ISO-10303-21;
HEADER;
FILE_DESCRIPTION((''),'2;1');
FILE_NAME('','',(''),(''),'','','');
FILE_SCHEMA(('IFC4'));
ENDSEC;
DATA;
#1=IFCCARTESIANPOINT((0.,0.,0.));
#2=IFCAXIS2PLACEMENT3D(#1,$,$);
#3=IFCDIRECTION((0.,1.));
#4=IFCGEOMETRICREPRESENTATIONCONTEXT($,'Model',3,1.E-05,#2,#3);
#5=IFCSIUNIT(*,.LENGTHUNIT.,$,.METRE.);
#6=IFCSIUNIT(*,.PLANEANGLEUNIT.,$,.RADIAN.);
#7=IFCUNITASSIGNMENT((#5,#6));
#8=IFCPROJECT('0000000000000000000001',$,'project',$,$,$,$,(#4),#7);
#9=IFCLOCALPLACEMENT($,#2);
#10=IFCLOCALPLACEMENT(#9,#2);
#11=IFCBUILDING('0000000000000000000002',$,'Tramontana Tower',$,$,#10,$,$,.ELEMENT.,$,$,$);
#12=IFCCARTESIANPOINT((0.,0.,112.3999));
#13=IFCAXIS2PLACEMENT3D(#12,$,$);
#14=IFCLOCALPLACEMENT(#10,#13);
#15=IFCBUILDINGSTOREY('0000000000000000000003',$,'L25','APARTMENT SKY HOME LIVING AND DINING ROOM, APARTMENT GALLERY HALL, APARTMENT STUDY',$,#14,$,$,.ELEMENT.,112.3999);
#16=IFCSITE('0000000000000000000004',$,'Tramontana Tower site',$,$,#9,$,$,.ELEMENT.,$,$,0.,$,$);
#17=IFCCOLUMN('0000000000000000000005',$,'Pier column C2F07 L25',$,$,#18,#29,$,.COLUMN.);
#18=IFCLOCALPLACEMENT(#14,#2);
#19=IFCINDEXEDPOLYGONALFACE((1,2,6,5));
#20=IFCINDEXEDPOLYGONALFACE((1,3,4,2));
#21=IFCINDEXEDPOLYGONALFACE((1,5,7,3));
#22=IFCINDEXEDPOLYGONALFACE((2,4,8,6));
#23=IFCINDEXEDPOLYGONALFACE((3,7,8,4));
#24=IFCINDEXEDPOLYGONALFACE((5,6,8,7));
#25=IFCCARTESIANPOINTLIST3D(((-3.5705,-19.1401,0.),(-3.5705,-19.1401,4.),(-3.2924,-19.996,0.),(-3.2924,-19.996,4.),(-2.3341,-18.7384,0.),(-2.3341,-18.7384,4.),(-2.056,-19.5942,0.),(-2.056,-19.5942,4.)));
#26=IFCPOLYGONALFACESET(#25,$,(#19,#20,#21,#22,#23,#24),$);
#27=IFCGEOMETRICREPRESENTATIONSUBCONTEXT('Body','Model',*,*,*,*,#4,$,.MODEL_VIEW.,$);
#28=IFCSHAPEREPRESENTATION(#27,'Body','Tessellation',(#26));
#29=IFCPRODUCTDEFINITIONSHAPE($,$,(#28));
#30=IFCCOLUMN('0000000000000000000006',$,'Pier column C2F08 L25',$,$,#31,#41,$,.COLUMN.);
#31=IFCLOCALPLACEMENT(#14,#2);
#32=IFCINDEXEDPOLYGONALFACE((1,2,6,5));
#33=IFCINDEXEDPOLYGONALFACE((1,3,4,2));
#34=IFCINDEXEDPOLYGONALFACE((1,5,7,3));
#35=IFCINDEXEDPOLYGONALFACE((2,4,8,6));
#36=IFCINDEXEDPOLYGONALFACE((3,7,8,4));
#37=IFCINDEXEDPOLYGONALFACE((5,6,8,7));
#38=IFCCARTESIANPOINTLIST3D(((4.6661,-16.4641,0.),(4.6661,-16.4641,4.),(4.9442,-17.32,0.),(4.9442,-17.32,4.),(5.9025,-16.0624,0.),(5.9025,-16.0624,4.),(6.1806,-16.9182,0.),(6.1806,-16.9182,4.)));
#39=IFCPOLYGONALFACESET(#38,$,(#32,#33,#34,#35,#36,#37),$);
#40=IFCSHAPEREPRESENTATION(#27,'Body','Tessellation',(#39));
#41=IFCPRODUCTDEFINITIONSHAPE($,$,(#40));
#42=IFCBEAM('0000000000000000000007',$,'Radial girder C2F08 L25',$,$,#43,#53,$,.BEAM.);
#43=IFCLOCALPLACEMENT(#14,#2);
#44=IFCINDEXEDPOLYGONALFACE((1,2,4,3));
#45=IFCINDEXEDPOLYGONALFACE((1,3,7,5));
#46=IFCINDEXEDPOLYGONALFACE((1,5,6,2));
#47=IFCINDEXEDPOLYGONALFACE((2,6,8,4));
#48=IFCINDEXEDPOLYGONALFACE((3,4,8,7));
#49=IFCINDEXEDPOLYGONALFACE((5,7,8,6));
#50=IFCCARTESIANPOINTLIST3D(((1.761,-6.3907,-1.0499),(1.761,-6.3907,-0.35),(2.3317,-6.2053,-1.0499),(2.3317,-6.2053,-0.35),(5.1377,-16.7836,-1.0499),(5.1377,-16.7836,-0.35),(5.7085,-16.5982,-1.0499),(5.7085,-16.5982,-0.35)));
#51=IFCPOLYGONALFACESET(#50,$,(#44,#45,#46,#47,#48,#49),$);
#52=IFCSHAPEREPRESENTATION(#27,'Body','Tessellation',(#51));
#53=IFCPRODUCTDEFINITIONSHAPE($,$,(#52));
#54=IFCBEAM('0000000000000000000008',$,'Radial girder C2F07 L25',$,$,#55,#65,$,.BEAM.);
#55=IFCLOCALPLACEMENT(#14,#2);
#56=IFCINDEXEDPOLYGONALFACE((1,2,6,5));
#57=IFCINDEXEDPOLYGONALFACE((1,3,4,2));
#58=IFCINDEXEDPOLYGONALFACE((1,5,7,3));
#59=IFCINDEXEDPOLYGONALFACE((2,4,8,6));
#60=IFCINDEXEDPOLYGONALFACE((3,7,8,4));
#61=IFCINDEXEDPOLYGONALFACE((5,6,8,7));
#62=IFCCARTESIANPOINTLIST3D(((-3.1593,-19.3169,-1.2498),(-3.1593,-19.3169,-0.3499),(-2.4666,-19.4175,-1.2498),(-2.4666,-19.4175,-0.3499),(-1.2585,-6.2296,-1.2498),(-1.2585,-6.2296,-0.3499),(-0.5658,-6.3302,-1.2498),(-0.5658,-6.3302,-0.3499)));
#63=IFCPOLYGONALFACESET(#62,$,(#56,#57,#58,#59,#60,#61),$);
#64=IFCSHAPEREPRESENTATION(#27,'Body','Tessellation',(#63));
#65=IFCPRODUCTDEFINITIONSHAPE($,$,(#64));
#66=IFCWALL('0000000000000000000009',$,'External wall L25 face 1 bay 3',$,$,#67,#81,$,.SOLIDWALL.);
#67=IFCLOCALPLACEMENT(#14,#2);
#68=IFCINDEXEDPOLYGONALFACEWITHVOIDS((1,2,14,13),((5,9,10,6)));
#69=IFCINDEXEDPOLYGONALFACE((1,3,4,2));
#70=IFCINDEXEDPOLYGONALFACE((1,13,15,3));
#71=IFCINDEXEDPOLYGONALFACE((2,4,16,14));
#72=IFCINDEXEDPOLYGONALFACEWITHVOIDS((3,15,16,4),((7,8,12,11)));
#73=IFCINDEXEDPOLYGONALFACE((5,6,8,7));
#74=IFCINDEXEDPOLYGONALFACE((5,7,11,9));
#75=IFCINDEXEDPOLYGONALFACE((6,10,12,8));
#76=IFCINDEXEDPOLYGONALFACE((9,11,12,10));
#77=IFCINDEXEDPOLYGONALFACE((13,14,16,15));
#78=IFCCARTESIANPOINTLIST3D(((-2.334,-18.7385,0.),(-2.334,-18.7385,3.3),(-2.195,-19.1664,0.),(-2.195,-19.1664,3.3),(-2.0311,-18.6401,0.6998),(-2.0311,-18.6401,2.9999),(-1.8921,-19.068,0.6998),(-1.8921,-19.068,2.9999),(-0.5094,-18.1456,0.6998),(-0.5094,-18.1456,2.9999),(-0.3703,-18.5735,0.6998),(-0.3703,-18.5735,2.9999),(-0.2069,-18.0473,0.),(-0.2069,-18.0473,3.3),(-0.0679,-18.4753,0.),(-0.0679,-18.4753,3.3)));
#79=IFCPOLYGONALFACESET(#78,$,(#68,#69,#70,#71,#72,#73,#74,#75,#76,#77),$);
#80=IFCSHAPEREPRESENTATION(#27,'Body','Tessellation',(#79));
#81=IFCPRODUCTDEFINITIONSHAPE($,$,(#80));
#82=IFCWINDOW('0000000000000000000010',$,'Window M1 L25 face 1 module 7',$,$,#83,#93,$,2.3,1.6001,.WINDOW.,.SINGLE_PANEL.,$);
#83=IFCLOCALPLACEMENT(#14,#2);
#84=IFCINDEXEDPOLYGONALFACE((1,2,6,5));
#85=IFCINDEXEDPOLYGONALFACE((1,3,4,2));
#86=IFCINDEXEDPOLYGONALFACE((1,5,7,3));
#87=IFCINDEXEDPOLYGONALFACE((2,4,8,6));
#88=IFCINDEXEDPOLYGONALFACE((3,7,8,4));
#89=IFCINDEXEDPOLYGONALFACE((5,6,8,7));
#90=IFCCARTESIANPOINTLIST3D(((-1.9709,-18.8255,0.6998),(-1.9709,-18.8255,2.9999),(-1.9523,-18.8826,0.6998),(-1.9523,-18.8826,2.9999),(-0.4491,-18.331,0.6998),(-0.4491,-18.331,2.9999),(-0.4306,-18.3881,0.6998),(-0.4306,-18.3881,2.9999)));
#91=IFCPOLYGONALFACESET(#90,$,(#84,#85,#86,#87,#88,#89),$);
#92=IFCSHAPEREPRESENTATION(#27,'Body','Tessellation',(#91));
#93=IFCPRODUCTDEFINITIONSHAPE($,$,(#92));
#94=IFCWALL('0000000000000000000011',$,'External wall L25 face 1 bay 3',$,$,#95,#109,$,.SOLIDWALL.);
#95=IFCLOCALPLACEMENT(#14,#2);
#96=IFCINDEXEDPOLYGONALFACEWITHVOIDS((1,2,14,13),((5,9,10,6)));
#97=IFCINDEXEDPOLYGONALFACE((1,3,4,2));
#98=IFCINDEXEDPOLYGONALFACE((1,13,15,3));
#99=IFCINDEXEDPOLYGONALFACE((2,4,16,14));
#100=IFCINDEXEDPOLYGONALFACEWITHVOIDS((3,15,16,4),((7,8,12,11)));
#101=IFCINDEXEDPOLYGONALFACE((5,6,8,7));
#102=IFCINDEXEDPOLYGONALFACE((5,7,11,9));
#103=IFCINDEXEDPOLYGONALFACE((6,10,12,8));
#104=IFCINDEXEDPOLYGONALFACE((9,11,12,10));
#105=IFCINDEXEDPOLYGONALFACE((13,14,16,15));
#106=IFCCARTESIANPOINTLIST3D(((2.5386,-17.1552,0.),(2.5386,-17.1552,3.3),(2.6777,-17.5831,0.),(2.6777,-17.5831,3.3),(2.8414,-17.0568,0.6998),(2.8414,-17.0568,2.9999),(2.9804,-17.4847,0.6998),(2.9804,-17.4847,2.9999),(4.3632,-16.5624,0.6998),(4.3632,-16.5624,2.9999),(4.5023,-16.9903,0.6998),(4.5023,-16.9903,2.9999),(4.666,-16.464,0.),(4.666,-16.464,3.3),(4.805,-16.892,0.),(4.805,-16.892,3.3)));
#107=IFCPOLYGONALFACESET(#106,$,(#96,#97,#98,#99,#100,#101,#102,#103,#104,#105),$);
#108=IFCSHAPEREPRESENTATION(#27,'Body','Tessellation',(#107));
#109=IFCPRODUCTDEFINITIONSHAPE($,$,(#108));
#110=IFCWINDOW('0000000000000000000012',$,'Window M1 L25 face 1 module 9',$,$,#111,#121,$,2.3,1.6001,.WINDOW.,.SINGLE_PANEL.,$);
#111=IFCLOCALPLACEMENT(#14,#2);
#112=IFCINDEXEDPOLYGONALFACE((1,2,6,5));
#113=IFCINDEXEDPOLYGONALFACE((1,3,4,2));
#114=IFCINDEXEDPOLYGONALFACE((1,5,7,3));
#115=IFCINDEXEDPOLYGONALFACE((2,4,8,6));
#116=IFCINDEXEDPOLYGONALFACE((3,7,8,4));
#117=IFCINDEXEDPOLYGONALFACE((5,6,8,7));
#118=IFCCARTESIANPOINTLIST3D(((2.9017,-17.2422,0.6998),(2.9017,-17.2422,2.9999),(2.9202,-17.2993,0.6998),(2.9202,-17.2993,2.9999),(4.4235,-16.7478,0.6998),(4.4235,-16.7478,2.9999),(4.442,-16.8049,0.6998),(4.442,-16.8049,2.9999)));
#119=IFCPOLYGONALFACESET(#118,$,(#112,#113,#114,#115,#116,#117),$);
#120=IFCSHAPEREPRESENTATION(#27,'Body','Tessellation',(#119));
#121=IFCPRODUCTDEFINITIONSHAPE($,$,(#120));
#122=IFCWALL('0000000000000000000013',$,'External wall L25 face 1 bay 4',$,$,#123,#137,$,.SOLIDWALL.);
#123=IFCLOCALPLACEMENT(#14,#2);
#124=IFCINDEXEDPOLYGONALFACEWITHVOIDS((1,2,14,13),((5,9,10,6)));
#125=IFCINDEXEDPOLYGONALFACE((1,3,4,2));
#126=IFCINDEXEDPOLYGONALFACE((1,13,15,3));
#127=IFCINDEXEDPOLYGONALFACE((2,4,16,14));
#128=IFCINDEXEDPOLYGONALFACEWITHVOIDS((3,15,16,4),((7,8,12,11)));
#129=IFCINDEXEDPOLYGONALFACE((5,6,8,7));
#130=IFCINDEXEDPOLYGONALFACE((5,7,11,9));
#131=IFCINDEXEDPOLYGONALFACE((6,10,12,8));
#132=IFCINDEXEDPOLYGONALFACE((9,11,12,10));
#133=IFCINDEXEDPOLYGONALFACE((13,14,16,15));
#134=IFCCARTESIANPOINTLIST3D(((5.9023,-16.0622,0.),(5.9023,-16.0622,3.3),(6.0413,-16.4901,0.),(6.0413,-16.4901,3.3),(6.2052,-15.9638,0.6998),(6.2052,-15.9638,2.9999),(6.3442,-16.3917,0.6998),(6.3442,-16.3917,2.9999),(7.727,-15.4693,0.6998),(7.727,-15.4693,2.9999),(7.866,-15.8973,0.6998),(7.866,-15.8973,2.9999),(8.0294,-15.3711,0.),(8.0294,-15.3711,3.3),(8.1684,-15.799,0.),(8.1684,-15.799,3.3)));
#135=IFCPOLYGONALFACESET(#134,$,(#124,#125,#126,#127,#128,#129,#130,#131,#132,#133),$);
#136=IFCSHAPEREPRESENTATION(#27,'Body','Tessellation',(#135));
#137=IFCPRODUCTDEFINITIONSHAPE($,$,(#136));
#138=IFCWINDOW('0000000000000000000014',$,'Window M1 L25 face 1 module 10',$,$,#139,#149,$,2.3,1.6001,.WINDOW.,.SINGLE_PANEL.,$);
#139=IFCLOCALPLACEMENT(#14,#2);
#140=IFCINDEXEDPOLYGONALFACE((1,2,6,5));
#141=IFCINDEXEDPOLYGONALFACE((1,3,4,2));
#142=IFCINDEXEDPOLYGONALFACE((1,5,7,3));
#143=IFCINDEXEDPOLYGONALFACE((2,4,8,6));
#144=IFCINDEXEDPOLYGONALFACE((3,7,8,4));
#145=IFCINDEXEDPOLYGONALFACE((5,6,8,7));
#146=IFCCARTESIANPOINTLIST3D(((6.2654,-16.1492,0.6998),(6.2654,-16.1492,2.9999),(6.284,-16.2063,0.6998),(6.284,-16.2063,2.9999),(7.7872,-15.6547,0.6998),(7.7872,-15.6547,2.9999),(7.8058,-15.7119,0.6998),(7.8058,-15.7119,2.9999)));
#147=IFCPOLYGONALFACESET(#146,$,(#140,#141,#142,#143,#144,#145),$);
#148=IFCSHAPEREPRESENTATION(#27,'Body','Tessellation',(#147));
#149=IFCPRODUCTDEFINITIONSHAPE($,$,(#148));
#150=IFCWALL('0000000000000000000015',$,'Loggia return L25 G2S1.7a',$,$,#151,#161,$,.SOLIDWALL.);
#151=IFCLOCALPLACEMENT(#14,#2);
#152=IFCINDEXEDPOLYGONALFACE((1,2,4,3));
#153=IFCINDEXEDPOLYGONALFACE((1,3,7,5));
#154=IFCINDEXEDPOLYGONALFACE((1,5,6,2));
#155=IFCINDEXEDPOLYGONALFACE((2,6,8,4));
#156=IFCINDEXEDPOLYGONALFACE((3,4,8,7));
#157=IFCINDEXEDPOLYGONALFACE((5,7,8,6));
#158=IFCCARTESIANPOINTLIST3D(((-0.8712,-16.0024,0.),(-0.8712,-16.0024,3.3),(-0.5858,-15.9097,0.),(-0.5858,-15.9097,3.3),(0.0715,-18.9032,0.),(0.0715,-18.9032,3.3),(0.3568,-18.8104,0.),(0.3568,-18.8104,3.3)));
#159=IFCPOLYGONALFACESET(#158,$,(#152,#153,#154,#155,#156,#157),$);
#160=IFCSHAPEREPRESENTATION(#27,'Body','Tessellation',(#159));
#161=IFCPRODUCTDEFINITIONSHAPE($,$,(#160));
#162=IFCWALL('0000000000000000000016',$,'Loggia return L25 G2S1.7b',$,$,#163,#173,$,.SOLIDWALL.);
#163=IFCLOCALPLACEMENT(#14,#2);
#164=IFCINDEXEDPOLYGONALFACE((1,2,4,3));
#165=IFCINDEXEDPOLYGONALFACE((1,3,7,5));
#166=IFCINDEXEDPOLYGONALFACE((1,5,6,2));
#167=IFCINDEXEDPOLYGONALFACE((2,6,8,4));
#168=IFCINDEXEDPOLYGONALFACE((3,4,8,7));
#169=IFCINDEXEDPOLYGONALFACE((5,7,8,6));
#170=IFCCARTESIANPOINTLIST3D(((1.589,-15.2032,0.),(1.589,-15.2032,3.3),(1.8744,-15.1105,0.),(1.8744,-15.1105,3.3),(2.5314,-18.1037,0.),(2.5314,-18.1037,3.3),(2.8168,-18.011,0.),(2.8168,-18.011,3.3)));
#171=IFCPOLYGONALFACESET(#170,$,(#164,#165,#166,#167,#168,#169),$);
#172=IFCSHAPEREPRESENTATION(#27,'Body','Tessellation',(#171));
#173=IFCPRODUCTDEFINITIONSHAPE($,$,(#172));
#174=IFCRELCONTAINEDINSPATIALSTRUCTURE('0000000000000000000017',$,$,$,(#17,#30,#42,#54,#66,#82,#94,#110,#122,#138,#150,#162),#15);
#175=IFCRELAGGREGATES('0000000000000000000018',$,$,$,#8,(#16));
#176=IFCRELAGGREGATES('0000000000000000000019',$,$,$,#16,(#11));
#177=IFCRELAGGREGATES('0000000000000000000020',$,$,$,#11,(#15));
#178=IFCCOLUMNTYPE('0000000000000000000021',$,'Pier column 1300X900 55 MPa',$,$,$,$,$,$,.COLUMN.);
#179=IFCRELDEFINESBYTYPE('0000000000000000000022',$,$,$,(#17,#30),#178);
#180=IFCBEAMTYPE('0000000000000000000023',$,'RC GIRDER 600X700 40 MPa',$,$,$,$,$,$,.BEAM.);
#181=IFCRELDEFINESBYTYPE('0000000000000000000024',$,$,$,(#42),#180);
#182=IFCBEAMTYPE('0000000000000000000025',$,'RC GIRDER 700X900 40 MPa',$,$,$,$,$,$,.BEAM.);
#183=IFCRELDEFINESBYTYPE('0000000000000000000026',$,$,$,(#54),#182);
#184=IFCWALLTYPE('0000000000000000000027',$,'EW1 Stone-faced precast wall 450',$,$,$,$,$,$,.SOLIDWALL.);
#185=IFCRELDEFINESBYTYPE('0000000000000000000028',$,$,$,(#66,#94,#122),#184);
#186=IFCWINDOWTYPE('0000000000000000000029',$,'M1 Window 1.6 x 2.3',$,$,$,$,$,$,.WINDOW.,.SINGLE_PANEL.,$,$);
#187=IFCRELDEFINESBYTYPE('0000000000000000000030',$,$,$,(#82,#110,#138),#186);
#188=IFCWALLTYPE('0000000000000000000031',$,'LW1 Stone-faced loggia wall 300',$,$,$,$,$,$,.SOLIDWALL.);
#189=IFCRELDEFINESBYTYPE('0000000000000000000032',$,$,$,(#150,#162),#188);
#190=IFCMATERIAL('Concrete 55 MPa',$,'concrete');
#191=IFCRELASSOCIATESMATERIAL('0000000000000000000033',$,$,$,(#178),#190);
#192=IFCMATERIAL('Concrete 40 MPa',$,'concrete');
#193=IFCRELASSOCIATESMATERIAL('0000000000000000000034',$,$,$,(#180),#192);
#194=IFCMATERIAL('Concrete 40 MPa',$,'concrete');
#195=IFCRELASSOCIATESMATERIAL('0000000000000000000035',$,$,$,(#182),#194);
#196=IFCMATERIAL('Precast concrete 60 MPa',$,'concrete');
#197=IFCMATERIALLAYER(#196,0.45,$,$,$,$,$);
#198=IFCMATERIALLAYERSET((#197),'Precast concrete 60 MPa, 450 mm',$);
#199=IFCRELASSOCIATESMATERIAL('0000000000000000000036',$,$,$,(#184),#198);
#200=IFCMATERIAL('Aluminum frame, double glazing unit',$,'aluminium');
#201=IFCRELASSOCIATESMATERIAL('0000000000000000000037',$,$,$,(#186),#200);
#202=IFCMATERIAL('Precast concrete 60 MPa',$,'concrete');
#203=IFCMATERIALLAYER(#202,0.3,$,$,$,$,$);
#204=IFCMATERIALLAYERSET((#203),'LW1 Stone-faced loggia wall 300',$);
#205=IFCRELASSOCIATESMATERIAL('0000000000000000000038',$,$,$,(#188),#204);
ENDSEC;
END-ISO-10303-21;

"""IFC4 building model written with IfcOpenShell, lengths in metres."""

from ifc_helpers import new_model, si_unit, direction, frame, frame_2d, origin, origin_2d, place, context, subcontext, project, spatial, rectangle, extrude, material, layer, layer_set, material_profile, profile_set, type_object, element, fill, save


model = new_model("IFC4")

# Units and contexts
model_context = context("Model", 3, precision=1e-05, world=origin(), true_north=direction((0.0, 1.0)))
body_context = subcontext(model_context, "Body", "Model", "MODEL_VIEW")
ifc_project = project(units=[si_unit("LENGTHUNIT", "METRE"), si_unit("PLANEANGLEUNIT", "RADIAN")], contexts=[model_context])

# Site, building, storey
site_placement = place(None, origin())
site = spatial("IfcSite", under=ifc_project, at=site_placement, Name="Tramontana Tower site", CompositionType="ELEMENT", RefElevation=0.0)
building_placement = place(site_placement, origin())
building = spatial("IfcBuilding", under=site, at=building_placement, Name="Tramontana Tower", CompositionType="ELEMENT")
storey_placement = place(building_placement, frame((0.0, 0.0, 112.3999)))
storey = spatial("IfcBuildingStorey", under=building, at=storey_placement, Name="L25", Description="APARTMENT SKY HOME LIVING AND DINING ROOM, APARTMENT GALLERY HALL, APARTMENT STUDY", CompositionType="ELEMENT", Elevation=112.3999)

# Columns
ifc_material_1 = material(Name="Concrete 55 MPa", Category="concrete")
ifc_material_profile_1 = material_profile(ifc_material_1, rectangle(XDim=1.3, YDim=0.8999, at=origin_2d()), Name="Pier column 1300X900 55 MPa")
ifc_profile_set_1 = profile_set([ifc_material_profile_1], Name="Concrete 55 MPa")
column_type = type_object("IfcColumnType", Name="Pier column 1300X900 55 MPa", PredefinedType="COLUMN", material=ifc_profile_set_1)
for number, where, z_axis, x_axis, name in (
    (1, (-2.8132, -19.3672, 0.0), (0.0, 0.0, 1.0), (0.951057, 0.309017, 0.0), "Pier column C2F07 L25"),
    (2, (5.4233, -16.6912, 0.0), (0.0, 0.0, 1.0), (0.951057, 0.309017, 0.0), "Pier column C2F08 L25"),
):
    element("IfcColumn", number, at=place(storey_placement, frame(where, z_axis=z_axis, x_axis=x_axis)), inside=storey, type_object=column_type, Name=name, PredefinedType="COLUMN", context=body_context, shape_type="SweptSolid", body=[
        extrude(rectangle(XDim=1.3, YDim=0.8999, at=origin_2d()), origin(), (0.0, 0.0, 1.0), 4.0),
    ])

# Beams
ifc_material_2 = material(Name="Concrete 40 MPa", Category="concrete")
ifc_material_profile_2 = material_profile(ifc_material_2, rectangle(XDim=0.6001, YDim=0.7, at=origin_2d()), Name="RC GIRDER 600X700 40 MPa")
ifc_profile_set_2 = profile_set([ifc_material_profile_2], Name="Concrete 40 MPa")
beam_type_1 = type_object("IfcBeamType", Name="RC GIRDER 600X700 40 MPa", PredefinedType="BEAM", material=ifc_profile_set_2)
beam_1_placement = place(storey_placement, frame((5.4231, -16.6909, -0.7), z_axis=(-0.309007, 0.95106, 0.0), x_axis=(-0.95106, -0.309007, 0.0)))
element("IfcBeam", 3, at=beam_1_placement, inside=storey, type_object=beam_type_1, Name="Radial girder C2F08 L25", PredefinedType="BEAM", context=body_context, shape_type="SweptSolid", body=[
    extrude(rectangle(XDim=0.6001, YDim=0.7, at=origin_2d()), origin(), (0.0, 0.0, 1.0), 10.9277),
])
ifc_material_3 = material(Name="Concrete 40 MPa", Category="concrete")
ifc_material_profile_3 = material_profile(ifc_material_3, rectangle(XDim=0.7, YDim=0.8999, at=origin_2d()), Name="RC GIRDER 700X900 40 MPa")
ifc_profile_set_3 = profile_set([ifc_material_profile_3], Name="Concrete 40 MPa")
beam_type_2 = type_object("IfcBeamType", Name="RC GIRDER 700X900 40 MPa", PredefinedType="BEAM", material=ifc_profile_set_3)
beam_2_placement = place(storey_placement, frame((-2.813, -19.3672, -0.7998), z_axis=(0.143737, 0.989616, 0.0), x_axis=(-0.989616, 0.143737, 0.0)))
element("IfcBeam", 4, at=beam_2_placement, inside=storey, type_object=beam_type_2, Name="Radial girder C2F07 L25", PredefinedType="BEAM", context=body_context, shape_type="SweptSolid", body=[
    extrude(rectangle(XDim=0.7, YDim=0.8999, at=origin_2d()), origin(), (0.0, 0.0, 1.0), 13.2246),
])

# Walls, openings, windows
ifc_material_4 = material(Name="Precast concrete 60 MPa", Category="concrete")
ifc_layer_1 = layer(ifc_material_4, 0.45)
ifc_layer_set_1 = layer_set([ifc_layer_1], Name="Precast concrete 60 MPa, 450 mm")
wall_type_1 = type_object("IfcWallType", Name="EW1 Stone-faced precast wall 450", PredefinedType="SOLIDWALL", material=ifc_layer_set_1)
wall_1_placement = place(storey_placement, frame((-2.2644, -18.9524, 0.0), z_axis=(0.0, 0.0, 1.0), x_axis=(0.951057, 0.309014, 0.0)))
wall_1 = element("IfcWall", 5, at=wall_1_placement, inside=storey, type_object=wall_type_1, Name="External wall L25 face 1 bay 3", PredefinedType="SOLIDWALL", context=body_context, shape_type="SweptSolid", body=[
    extrude(rectangle(XDim=2.2366, YDim=0.45, at=frame_2d((1.1182, 0.0))), origin(), (0.0, 0.0, 1.0), 3.3),
])
opening_1_placement = place(wall_1_placement, frame((0.3184, 0.0, 0.7)))
opening_1 = element("IfcOpeningElement", 6, at=opening_1_placement, cuts=wall_1, PredefinedType="OPENING", context=body_context, shape_type="SweptSolid", body=[
    extrude(rectangle(XDim=1.6001, YDim=2.3, at=frame_2d((0.8, 1.1499))), frame((0.0, 0.2349, 0.0), z_axis=(0.0, -1.0, 0.0), x_axis=(1.0, 0.0, 0.0)), (0.0, 0.0, 1.0), 0.47),
])
ifc_material_5 = material(Name="Aluminum frame, double glazing unit", Category="aluminium")
window_type = type_object("IfcWindowType", Name="M1 Window 1.6 x 2.3", PartitioningType="SINGLE_PANEL", PredefinedType="WINDOW", material=ifc_material_5)
window_1_placement = place(opening_1_placement, origin())
window_1 = element("IfcWindow", 7, at=window_1_placement, inside=storey, type_object=window_type, Name="Window M1 L25 face 1 module 7", OverallHeight=2.3, OverallWidth=1.6001, PartitioningType="SINGLE_PANEL", PredefinedType="WINDOW", context=body_context, shape_type="SweptSolid", body=[
    extrude(rectangle(XDim=1.6001, YDim=2.3, at=frame_2d((0.8, 1.1499))), frame((0.0, 0.03, 0.0), z_axis=(0.0, -1.0, 0.0), x_axis=(1.0, 0.0, 0.0)), (0.0, 0.0, 1.0), 0.0601),
])
fill(opening_1, window_1)
wall_2_placement = place(storey_placement, frame((2.6082, -17.3691, 0.0), z_axis=(0.0, 0.0, 1.0), x_axis=(0.951068, 0.308982, 0.0)))
wall_2 = element("IfcWall", 8, at=wall_2_placement, inside=storey, type_object=wall_type_1, Name="External wall L25 face 1 bay 3", PredefinedType="SOLIDWALL", context=body_context, shape_type="SweptSolid", body=[
    extrude(rectangle(XDim=2.2368, YDim=0.45, at=frame_2d((1.1184, 0.0))), origin(), (0.0, 0.0, 1.0), 3.3),
])
opening_2_placement = place(wall_2_placement, frame((0.3184, 0.0, 0.7)))
opening_2 = element("IfcOpeningElement", 9, at=opening_2_placement, cuts=wall_2, PredefinedType="OPENING", context=body_context, shape_type="SweptSolid", body=[
    extrude(rectangle(XDim=1.6001, YDim=2.3, at=frame_2d((0.8, 1.1499))), frame((0.0, 0.2349, 0.0), z_axis=(0.0, -1.0, 0.0), x_axis=(1.0, 0.0, 0.0)), (0.0, 0.0, 1.0), 0.47),
])
window_2_placement = place(opening_2_placement, origin())
window_2 = element("IfcWindow", 10, at=window_2_placement, inside=storey, type_object=window_type, Name="Window M1 L25 face 1 module 9", OverallHeight=2.3, OverallWidth=1.6001, PartitioningType="SINGLE_PANEL", PredefinedType="WINDOW", context=body_context, shape_type="SweptSolid", body=[
    extrude(rectangle(XDim=1.6001, YDim=2.3, at=frame_2d((0.8, 1.1499))), frame((0.0, 0.03, 0.0), z_axis=(0.0, -1.0, 0.0), x_axis=(1.0, 0.0, 0.0)), (0.0, 0.0, 1.0), 0.0601),
])
fill(opening_2, window_2)
wall_3_placement = place(storey_placement, frame((5.9719, -16.2761, 0.0), z_axis=(0.0, 0.0, 1.0), x_axis=(0.951057, 0.309014, 0.0)))
wall_3 = element("IfcWall", 11, at=wall_3_placement, inside=storey, type_object=wall_type_1, Name="External wall L25 face 1 bay 4", PredefinedType="SOLIDWALL", context=body_context, shape_type="SweptSolid", body=[
    extrude(rectangle(XDim=2.2366, YDim=0.45, at=frame_2d((1.1182, 0.0))), origin(), (0.0, 0.0, 1.0), 3.3),
])
opening_3_placement = place(wall_3_placement, frame((0.3184, 0.0, 0.7)))
opening_3 = element("IfcOpeningElement", 12, at=opening_3_placement, cuts=wall_3, PredefinedType="OPENING", context=body_context, shape_type="SweptSolid", body=[
    extrude(rectangle(XDim=1.6001, YDim=2.3, at=frame_2d((0.8, 1.1499))), frame((0.0, 0.2349, 0.0), z_axis=(0.0, -1.0, 0.0), x_axis=(1.0, 0.0, 0.0)), (0.0, 0.0, 1.0), 0.47),
])
window_3_placement = place(opening_3_placement, origin())
window_3 = element("IfcWindow", 13, at=window_3_placement, inside=storey, type_object=window_type, Name="Window M1 L25 face 1 module 10", OverallHeight=2.3, OverallWidth=1.6001, PartitioningType="SINGLE_PANEL", PredefinedType="WINDOW", context=body_context, shape_type="SweptSolid", body=[
    extrude(rectangle(XDim=1.6001, YDim=2.3, at=frame_2d((0.8, 1.1499))), frame((0.0, 0.03, 0.0), z_axis=(0.0, -1.0, 0.0), x_axis=(1.0, 0.0, 0.0)), (0.0, 0.0, 1.0), 0.0601),
])
fill(opening_3, window_3)

# Shared definitions
ifc_material_6 = material(Name="Precast concrete 60 MPa", Category="concrete")
ifc_layer_2 = layer(ifc_material_6, 0.3)
ifc_layer_set_2 = layer_set([ifc_layer_2], Name="LW1 Stone-faced loggia wall 300")
wall_type_2 = type_object("IfcWallType", Name="LW1 Stone-faced loggia wall 300", PredefinedType="SOLIDWALL", material=ifc_layer_set_2)

# Walls
wall_4_placement = place(storey_placement, frame((0.2141, -18.8567, 0.0), z_axis=(0.0, 0.0, 1.0), x_axis=(-0.309063, 0.951042, 0.0)))
element("IfcWall", 14, at=wall_4_placement, inside=storey, type_object=wall_type_2, Name="Loggia return L25 G2S1.7a", PredefinedType="SOLIDWALL", context=body_context, shape_type="SweptSolid", body=[
    extrude(rectangle(XDim=3.05, YDim=0.3, at=frame_2d((1.5249, 0.0))), origin(), (0.0, 0.0, 1.0), 3.3),
])
wall_5_placement = place(storey_placement, frame((2.6741, -18.0574, 0.0), z_axis=(0.0, 0.0, 1.0), x_axis=(-0.30899, 0.951065, 0.0)))
element("IfcWall", 15, at=wall_5_placement, inside=storey, type_object=wall_type_2, Name="Loggia return L25 G2S1.7b", PredefinedType="SOLIDWALL", context=body_context, shape_type="SweptSolid", body=[
    extrude(rectangle(XDim=3.0498, YDim=0.3, at=frame_2d((1.5249, 0.0))), origin(), (0.0, 0.0, 1.0), 3.3),
])

save(model, "model.ifc")
